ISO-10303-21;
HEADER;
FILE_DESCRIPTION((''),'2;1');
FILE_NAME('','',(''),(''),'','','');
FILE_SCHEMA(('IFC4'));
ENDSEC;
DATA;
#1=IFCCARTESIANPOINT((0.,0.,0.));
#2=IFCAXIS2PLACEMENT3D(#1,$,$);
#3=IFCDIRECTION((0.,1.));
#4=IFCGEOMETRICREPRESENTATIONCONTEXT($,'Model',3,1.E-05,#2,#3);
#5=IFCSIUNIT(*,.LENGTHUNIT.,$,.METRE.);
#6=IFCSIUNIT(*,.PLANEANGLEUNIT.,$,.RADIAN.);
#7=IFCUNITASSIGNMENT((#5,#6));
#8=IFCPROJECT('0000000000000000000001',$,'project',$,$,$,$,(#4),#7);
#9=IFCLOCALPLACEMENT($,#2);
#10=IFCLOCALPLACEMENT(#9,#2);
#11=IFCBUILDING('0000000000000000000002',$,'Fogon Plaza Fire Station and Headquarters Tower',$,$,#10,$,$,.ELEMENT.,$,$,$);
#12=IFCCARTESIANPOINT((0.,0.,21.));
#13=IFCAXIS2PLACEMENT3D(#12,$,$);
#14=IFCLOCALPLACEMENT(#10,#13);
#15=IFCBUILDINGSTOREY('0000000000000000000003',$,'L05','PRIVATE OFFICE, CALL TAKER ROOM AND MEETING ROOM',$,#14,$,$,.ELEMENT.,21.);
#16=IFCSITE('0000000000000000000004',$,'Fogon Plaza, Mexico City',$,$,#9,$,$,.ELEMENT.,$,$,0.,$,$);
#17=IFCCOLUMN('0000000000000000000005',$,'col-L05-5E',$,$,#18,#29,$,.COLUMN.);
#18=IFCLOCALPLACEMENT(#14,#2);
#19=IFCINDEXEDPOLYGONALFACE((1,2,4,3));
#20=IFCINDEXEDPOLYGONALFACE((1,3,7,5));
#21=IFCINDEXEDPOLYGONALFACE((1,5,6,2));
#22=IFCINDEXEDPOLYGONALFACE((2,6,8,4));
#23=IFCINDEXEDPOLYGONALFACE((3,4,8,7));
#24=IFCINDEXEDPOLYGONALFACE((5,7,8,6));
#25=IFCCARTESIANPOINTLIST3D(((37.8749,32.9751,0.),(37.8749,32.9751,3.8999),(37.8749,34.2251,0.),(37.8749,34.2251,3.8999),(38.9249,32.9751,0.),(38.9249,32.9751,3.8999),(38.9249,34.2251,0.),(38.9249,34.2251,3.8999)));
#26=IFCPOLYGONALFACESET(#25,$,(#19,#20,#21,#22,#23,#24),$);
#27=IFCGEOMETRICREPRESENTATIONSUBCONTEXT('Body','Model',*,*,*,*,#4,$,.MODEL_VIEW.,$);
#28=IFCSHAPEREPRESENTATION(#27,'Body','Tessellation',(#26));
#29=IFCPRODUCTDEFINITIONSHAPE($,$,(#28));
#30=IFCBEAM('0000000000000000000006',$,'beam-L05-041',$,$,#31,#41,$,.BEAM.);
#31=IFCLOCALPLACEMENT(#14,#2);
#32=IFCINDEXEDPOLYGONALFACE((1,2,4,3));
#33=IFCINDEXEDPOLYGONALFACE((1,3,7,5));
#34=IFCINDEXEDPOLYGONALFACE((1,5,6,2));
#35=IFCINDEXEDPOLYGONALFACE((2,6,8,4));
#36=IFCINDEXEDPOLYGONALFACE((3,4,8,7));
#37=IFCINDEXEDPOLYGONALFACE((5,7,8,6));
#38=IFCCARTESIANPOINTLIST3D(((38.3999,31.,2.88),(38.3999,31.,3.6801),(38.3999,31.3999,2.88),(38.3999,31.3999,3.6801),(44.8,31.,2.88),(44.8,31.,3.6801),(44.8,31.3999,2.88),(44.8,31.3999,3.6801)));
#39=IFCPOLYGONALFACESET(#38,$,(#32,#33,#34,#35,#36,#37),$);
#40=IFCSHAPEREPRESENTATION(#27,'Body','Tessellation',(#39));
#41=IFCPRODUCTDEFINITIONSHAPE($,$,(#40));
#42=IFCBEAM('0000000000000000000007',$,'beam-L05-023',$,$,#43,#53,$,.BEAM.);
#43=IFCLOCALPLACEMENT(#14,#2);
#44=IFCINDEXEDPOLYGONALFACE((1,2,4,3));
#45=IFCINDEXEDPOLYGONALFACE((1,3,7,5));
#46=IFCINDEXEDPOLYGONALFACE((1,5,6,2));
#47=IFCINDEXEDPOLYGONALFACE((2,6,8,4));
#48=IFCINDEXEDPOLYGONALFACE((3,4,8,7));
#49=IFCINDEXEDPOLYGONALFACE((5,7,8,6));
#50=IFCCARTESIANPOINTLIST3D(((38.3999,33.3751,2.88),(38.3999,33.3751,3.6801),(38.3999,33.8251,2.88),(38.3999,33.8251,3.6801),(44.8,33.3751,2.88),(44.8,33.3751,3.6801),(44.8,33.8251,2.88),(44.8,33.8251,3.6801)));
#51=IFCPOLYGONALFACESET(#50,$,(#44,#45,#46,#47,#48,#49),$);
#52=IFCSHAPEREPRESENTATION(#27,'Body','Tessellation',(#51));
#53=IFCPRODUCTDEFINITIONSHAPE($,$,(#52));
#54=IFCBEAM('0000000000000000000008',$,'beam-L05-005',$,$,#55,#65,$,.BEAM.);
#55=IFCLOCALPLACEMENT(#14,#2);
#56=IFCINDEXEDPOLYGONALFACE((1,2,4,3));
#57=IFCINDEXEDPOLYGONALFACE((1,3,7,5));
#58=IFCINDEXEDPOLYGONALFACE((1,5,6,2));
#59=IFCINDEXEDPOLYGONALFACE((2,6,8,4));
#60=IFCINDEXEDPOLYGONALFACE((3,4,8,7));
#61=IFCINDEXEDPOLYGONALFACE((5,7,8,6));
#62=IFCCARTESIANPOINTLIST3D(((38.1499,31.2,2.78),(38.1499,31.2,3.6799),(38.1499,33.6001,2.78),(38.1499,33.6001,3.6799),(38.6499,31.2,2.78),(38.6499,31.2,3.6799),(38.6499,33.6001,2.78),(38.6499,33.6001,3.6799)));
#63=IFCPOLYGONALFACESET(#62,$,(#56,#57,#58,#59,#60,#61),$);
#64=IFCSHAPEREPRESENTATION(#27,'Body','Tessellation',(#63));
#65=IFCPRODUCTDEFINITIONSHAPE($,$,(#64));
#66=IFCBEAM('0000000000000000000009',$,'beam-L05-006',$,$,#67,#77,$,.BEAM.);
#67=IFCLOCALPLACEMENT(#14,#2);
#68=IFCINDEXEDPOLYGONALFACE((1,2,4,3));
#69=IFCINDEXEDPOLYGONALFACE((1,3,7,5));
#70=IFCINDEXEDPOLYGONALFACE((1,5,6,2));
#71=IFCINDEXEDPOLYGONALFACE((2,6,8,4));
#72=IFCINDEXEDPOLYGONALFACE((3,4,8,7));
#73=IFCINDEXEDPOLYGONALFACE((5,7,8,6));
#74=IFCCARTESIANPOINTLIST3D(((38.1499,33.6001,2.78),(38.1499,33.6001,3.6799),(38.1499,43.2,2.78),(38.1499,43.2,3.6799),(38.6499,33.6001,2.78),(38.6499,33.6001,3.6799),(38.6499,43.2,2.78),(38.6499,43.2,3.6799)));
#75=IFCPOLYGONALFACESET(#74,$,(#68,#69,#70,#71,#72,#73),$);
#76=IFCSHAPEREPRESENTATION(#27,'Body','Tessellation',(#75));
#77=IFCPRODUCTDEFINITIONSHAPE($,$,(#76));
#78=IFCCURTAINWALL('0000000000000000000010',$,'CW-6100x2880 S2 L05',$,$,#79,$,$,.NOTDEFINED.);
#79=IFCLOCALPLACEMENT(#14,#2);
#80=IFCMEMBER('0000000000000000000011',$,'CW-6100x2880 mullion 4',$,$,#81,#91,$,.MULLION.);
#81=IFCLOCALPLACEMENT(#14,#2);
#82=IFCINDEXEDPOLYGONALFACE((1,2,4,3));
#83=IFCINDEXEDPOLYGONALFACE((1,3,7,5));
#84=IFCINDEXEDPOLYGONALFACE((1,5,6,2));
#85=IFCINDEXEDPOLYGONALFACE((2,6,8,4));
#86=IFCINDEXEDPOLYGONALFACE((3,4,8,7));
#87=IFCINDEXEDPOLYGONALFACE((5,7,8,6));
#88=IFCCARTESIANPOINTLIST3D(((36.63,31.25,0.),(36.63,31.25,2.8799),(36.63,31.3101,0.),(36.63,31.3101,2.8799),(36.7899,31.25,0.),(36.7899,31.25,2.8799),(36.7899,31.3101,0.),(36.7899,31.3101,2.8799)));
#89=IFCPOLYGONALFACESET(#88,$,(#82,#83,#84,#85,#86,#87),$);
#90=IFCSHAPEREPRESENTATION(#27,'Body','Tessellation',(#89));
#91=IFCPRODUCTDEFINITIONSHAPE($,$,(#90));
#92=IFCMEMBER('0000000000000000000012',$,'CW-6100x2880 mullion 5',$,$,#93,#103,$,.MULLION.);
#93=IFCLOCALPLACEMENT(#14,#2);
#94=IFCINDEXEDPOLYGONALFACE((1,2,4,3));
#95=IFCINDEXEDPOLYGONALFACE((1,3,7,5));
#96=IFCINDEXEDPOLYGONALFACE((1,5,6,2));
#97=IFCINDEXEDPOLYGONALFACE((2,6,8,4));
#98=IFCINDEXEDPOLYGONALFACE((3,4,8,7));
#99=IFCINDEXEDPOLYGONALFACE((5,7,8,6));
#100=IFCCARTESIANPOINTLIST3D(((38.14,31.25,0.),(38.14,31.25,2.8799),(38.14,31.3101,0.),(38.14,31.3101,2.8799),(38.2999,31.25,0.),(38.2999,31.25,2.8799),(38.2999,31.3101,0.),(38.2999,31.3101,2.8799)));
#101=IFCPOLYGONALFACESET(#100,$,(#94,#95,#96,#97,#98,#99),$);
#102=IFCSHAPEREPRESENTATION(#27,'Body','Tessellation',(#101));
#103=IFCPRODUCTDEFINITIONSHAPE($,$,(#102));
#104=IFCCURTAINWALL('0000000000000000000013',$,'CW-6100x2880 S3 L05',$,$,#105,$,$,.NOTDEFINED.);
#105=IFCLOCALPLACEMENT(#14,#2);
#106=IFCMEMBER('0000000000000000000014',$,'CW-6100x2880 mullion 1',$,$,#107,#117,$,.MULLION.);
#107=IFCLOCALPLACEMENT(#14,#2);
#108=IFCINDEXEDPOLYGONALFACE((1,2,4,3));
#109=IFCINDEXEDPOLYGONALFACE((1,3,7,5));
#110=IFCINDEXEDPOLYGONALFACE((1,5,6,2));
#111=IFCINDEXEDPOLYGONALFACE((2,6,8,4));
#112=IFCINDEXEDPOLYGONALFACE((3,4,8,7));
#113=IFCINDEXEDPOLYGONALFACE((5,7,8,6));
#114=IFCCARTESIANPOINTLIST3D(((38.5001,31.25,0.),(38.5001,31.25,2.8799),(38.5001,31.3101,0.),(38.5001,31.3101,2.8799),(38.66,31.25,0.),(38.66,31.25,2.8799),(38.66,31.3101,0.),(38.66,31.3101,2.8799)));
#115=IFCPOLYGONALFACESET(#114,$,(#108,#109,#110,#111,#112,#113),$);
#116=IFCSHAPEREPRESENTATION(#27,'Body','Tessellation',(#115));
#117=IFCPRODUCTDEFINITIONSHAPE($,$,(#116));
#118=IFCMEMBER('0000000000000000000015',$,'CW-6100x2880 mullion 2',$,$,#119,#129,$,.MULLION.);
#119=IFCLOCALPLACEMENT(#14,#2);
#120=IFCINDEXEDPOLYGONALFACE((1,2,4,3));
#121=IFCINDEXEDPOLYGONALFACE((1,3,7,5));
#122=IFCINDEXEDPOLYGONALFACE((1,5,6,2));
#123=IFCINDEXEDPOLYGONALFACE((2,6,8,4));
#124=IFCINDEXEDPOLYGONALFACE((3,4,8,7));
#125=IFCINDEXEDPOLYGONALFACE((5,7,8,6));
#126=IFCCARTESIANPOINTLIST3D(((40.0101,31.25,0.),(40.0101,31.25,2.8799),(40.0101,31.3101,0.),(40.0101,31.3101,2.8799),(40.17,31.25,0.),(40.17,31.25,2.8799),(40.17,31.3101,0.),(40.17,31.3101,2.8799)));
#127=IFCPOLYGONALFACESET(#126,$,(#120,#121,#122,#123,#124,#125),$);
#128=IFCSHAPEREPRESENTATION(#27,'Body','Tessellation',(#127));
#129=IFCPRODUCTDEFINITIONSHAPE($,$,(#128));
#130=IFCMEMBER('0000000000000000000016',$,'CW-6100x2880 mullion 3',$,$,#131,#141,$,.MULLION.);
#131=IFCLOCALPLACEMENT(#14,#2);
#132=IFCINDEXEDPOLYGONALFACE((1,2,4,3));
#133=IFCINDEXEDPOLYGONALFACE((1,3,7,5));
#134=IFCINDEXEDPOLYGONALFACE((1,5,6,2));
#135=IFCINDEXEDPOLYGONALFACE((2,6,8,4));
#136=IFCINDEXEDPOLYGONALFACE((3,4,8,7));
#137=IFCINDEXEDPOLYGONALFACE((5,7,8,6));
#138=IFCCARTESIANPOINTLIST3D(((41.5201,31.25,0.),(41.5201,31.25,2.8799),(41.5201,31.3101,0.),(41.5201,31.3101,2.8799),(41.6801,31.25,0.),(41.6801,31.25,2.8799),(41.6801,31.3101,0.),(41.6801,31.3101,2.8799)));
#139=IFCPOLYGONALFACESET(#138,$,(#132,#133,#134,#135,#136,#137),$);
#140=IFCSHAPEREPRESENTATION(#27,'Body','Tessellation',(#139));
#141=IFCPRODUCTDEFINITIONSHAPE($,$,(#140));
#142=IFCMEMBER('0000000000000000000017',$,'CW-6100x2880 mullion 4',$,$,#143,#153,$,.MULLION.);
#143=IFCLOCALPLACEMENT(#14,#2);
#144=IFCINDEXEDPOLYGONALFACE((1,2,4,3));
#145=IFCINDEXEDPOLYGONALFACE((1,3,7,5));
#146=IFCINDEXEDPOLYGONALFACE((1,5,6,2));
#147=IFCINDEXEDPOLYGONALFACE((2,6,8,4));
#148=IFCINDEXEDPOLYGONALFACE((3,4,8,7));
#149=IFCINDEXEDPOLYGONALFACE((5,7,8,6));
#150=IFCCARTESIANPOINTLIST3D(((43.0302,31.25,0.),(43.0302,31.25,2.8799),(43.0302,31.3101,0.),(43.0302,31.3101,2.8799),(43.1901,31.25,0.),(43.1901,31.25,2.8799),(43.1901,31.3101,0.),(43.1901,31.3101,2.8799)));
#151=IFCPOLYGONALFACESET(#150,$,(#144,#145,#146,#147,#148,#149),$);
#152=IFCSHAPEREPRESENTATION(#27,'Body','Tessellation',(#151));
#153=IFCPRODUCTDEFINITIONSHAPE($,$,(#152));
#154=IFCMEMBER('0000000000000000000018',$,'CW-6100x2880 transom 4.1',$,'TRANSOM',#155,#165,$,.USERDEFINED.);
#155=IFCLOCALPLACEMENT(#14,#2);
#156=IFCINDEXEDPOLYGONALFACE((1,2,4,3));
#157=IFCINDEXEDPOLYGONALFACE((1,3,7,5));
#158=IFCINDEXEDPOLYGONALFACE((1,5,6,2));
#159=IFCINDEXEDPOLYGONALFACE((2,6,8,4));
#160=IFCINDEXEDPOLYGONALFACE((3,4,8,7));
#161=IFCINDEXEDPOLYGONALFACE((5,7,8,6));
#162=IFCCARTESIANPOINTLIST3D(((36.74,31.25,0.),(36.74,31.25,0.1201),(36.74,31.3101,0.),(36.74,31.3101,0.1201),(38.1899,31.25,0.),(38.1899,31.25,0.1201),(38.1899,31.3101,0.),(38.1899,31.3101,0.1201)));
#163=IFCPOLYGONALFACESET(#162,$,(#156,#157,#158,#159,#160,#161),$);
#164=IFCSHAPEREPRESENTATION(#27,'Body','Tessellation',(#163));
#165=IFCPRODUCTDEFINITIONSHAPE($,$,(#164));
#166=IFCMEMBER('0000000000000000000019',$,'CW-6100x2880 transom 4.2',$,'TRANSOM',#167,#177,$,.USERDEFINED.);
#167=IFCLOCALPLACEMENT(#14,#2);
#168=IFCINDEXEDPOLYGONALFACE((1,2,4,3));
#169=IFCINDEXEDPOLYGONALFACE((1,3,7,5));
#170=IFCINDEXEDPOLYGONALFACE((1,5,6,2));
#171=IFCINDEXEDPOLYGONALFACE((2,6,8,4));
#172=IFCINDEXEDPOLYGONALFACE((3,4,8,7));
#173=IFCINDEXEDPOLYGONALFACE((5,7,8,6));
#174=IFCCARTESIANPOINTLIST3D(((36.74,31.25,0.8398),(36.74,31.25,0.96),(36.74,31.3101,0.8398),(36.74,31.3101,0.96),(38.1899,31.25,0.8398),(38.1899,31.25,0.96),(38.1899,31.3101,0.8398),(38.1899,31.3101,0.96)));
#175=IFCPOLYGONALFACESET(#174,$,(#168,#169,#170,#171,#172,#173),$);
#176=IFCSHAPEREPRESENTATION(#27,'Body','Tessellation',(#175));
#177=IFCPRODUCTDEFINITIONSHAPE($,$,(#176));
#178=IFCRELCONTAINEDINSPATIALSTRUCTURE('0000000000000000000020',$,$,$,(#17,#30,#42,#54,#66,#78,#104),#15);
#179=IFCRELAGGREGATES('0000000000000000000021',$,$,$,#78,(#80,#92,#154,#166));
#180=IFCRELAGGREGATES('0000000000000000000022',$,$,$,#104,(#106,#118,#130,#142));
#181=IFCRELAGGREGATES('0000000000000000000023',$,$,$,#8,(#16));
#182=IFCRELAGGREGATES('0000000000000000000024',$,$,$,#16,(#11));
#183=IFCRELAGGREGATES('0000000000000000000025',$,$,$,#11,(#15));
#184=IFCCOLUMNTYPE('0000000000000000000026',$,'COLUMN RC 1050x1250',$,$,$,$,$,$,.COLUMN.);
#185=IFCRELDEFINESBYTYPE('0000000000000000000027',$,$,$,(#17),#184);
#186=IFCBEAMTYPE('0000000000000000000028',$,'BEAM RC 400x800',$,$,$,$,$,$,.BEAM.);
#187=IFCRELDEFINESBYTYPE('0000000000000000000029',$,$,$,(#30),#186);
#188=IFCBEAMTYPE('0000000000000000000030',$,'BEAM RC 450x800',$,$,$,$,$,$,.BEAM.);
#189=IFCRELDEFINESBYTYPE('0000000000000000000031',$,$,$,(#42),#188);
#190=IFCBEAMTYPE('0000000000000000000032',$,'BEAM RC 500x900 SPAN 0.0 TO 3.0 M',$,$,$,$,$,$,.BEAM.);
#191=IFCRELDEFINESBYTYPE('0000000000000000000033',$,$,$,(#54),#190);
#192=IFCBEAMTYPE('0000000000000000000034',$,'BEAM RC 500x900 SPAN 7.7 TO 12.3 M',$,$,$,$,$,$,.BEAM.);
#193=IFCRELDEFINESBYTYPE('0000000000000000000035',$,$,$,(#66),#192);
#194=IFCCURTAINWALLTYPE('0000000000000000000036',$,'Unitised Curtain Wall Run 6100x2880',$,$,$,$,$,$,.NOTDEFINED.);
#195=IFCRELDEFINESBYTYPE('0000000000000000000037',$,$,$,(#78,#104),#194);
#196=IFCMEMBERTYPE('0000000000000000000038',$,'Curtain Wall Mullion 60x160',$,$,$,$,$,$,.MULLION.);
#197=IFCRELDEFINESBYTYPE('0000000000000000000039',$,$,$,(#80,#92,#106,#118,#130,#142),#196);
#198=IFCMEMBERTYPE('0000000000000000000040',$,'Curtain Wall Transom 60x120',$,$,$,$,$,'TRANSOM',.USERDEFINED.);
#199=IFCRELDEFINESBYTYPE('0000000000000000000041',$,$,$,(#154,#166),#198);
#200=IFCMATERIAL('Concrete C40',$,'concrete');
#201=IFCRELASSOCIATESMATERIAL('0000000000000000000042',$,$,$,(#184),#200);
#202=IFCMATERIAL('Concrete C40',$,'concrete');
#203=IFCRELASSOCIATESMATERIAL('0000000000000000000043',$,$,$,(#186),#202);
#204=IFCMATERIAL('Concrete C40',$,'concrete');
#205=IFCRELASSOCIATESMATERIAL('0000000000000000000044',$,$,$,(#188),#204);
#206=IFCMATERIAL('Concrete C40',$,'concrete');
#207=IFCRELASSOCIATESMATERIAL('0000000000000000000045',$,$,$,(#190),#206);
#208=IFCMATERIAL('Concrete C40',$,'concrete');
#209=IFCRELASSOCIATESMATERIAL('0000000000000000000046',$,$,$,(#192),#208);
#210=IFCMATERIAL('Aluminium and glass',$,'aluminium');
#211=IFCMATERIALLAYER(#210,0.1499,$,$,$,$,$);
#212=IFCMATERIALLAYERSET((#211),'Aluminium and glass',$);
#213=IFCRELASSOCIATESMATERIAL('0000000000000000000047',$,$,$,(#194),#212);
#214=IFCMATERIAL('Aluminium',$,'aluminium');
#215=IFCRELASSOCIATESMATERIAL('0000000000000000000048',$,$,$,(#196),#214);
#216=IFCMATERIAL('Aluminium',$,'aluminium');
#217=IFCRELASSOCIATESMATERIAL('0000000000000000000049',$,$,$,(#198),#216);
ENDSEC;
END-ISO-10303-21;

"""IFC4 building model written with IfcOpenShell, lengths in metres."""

from ifc_helpers import new_model, si_unit, direction, frame, origin, origin_2d, place, context, subcontext, project, spatial, rectangle, extrude, material, layer, layer_set, material_profile, profile_set, type_object, element, aggregate, save


model = new_model("IFC4")

# Units and contexts
model_context = context("Model", 3, precision=1e-05, world=origin(), true_north=direction((0.0, 1.0)))
body_context = subcontext(model_context, "Body", "Model", "MODEL_VIEW")
ifc_project = project(units=[si_unit("LENGTHUNIT", "METRE"), si_unit("PLANEANGLEUNIT", "RADIAN")], contexts=[model_context])

# Site, building, storey
site_placement = place(None, origin())
site = spatial("IfcSite", under=ifc_project, at=site_placement, Name="Fogon Plaza, Mexico City", CompositionType="ELEMENT", RefElevation=0.0)
building_placement = place(site_placement, origin())
building = spatial("IfcBuilding", under=site, at=building_placement, Name="Fogon Plaza Fire Station and Headquarters Tower", CompositionType="ELEMENT")
storey_placement = place(building_placement, frame((0.0, 0.0, 21.0)))
storey = spatial("IfcBuildingStorey", under=building, at=storey_placement, Name="L05", Description="PRIVATE OFFICE, CALL TAKER ROOM AND MEETING ROOM", CompositionType="ELEMENT", Elevation=21.0)

# Column
ifc_material_1 = material(Name="Concrete C40", Category="concrete")
ifc_material_profile_1 = material_profile(ifc_material_1, rectangle(XDim=1.05, YDim=1.25, at=origin_2d()), Name="RC 1050x1250")
ifc_profile_set_1 = profile_set([ifc_material_profile_1], Name="Concrete C40")
column_type = type_object("IfcColumnType", Name="COLUMN RC 1050x1250", PredefinedType="COLUMN", material=ifc_profile_set_1)
column_placement = place(storey_placement, frame((38.3999, 33.6001, 0.0), z_axis=(0.0, 0.0, 1.0), x_axis=(1.0, 0.0, 0.0)))
element("IfcColumn", 1, at=column_placement, inside=storey, type_object=column_type, Name="col-L05-5E", PredefinedType="COLUMN", context=body_context, shape_type="SweptSolid", body=[
    extrude(rectangle(XDim=1.05, YDim=1.25, at=origin_2d()), origin(), (0.0, 0.0, 1.0), 3.8999),
])

# Beams
ifc_material_2 = material(Name="Concrete C40", Category="concrete")
ifc_material_profile_2 = material_profile(ifc_material_2, rectangle(XDim=0.3999, YDim=0.8, at=origin_2d()), Name="RC 400x800")
ifc_profile_set_2 = profile_set([ifc_material_profile_2], Name="Concrete C40")
beam_type_1 = type_object("IfcBeamType", Name="BEAM RC 400x800", PredefinedType="BEAM", material=ifc_profile_set_2)
beam_1_placement = place(storey_placement, frame((38.3999, 31.2, 3.28), z_axis=(1.0, 0.0, 0.0), x_axis=(0.0, 1.0, 0.0)))
element("IfcBeam", 2, at=beam_1_placement, inside=storey, type_object=beam_type_1, Name="beam-L05-041", PredefinedType="BEAM", context=body_context, shape_type="SweptSolid", body=[
    extrude(rectangle(XDim=0.3999, YDim=0.8, at=origin_2d()), origin(), (0.0, 0.0, 1.0), 6.4001),
])
ifc_material_3 = material(Name="Concrete C40", Category="concrete")
ifc_material_profile_3 = material_profile(ifc_material_3, rectangle(XDim=0.45, YDim=0.8, at=origin_2d()), Name="RC 450x800")
ifc_profile_set_3 = profile_set([ifc_material_profile_3], Name="Concrete C40")
beam_type_2 = type_object("IfcBeamType", Name="BEAM RC 450x800", PredefinedType="BEAM", material=ifc_profile_set_3)
beam_2_placement = place(storey_placement, frame((38.3999, 33.6001, 3.28), z_axis=(1.0, 0.0, 0.0), x_axis=(0.0, 1.0, 0.0)))
element("IfcBeam", 3, at=beam_2_placement, inside=storey, type_object=beam_type_2, Name="beam-L05-023", PredefinedType="BEAM", context=body_context, shape_type="SweptSolid", body=[
    extrude(rectangle(XDim=0.45, YDim=0.8, at=origin_2d()), origin(), (0.0, 0.0, 1.0), 6.4001),
])
ifc_material_4 = material(Name="Concrete C40", Category="concrete")
ifc_material_profile_4 = material_profile(ifc_material_4, rectangle(XDim=0.5, YDim=0.8999, at=origin_2d()), Name="RC 500x900")
ifc_profile_set_4 = profile_set([ifc_material_profile_4], Name="Concrete C40")
beam_type_3 = type_object("IfcBeamType", Name="BEAM RC 500x900 SPAN 0.0 TO 3.0 M", PredefinedType="BEAM", material=ifc_profile_set_4)
beam_3_placement = place(storey_placement, frame((38.3999, 31.2, 3.23), z_axis=(0.0, 1.0, 0.0), x_axis=(-1.0, 0.0, 0.0)))
element("IfcBeam", 4, at=beam_3_placement, inside=storey, type_object=beam_type_3, Name="beam-L05-005", PredefinedType="BEAM", context=body_context, shape_type="SweptSolid", body=[
    extrude(rectangle(XDim=0.5, YDim=0.8999, at=origin_2d()), origin(), (0.0, 0.0, 1.0), 2.4001),
])
ifc_material_5 = material(Name="Concrete C40", Category="concrete")
ifc_material_profile_5 = material_profile(ifc_material_5, rectangle(XDim=0.5, YDim=0.8999, at=origin_2d()), Name="RC 500x900")
ifc_profile_set_5 = profile_set([ifc_material_profile_5], Name="Concrete C40")
beam_type_4 = type_object("IfcBeamType", Name="BEAM RC 500x900 SPAN 7.7 TO 12.3 M", PredefinedType="BEAM", material=ifc_profile_set_5)
beam_4_placement = place(storey_placement, frame((38.3999, 33.6001, 3.23), z_axis=(0.0, 1.0, 0.0), x_axis=(-1.0, 0.0, 0.0)))
element("IfcBeam", 5, at=beam_4_placement, inside=storey, type_object=beam_type_4, Name="beam-L05-006", PredefinedType="BEAM", context=body_context, shape_type="SweptSolid", body=[
    extrude(rectangle(XDim=0.5, YDim=0.8999, at=origin_2d()), origin(), (0.0, 0.0, 1.0), 9.5999),
])

# Curtain walls, members
ifc_material_6 = material(Name="Aluminium and glass", Category="aluminium")
ifc_layer_1 = layer(ifc_material_6, 0.1499)
ifc_layer_set_1 = layer_set([ifc_layer_1], Name="Aluminium and glass")
curtain_wall_type = type_object("IfcCurtainWallType", Name="Unitised Curtain Wall Run 6100x2880", PredefinedType="NOTDEFINED", material=ifc_layer_set_1)
curtain_wall_1_placement = place(storey_placement, origin())
curtain_wall_1 = element("IfcCurtainWall", 6, at=curtain_wall_1_placement, inside=storey, type_object=curtain_wall_type, Name="CW-6100x2880 S2 L05", PredefinedType="NOTDEFINED")
ifc_material_7 = material(Name="Aluminium", Category="aluminium")
ifc_material_profile_6 = material_profile(ifc_material_7, rectangle(XDim=0.0601, YDim=0.1599, at=origin_2d()), Name="Curtain Wall Mullion 60x160")
ifc_profile_set_6 = profile_set([ifc_material_profile_6], Name="Aluminium")
member_type_1 = type_object("IfcMemberType", Name="Curtain Wall Mullion 60x160", PredefinedType="MULLION", material=ifc_profile_set_6)
member_1_placement = place(storey_placement, frame((36.71, 31.28, 0.0), z_axis=(0.0, 0.0, 1.0), x_axis=(0.0, 1.0, 0.0)))
member_1 = element("IfcMember", 7, at=member_1_placement, type_object=member_type_1, Name="CW-6100x2880 mullion 4", PredefinedType="MULLION", context=body_context, shape_type="SweptSolid", body=[
    extrude(rectangle(XDim=0.0601, YDim=0.1599, at=origin_2d()), origin(), (0.0, 0.0, 1.0), 2.8799),
])
member_2_placement = place(storey_placement, frame((38.22, 31.28, 0.0), z_axis=(0.0, 0.0, 1.0), x_axis=(0.0, 1.0, 0.0)))
member_2 = element("IfcMember", 8, at=member_2_placement, type_object=member_type_1, Name="CW-6100x2880 mullion 5", PredefinedType="MULLION", context=body_context, shape_type="SweptSolid", body=[
    extrude(rectangle(XDim=0.0601, YDim=0.1599, at=origin_2d()), origin(), (0.0, 0.0, 1.0), 2.8799),
])
curtain_wall_2_placement = place(storey_placement, origin())
curtain_wall_2 = element("IfcCurtainWall", 9, at=curtain_wall_2_placement, inside=storey, type_object=curtain_wall_type, Name="CW-6100x2880 S3 L05", PredefinedType="NOTDEFINED")
member_3_placement = place(storey_placement, frame((38.5801, 31.28, 0.0), z_axis=(0.0, 0.0, 1.0), x_axis=(0.0, 1.0, 0.0)))
member_3 = element("IfcMember", 10, at=member_3_placement, type_object=member_type_1, Name="CW-6100x2880 mullion 1", PredefinedType="MULLION", context=body_context, shape_type="SweptSolid", body=[
    extrude(rectangle(XDim=0.0601, YDim=0.1599, at=origin_2d()), origin(), (0.0, 0.0, 1.0), 2.8799),
])
member_4_placement = place(storey_placement, frame((40.0901, 31.28, 0.0), z_axis=(0.0, 0.0, 1.0), x_axis=(0.0, 1.0, 0.0)))
member_4 = element("IfcMember", 11, at=member_4_placement, type_object=member_type_1, Name="CW-6100x2880 mullion 2", PredefinedType="MULLION", context=body_context, shape_type="SweptSolid", body=[
    extrude(rectangle(XDim=0.0601, YDim=0.1599, at=origin_2d()), origin(), (0.0, 0.0, 1.0), 2.8799),
])
member_5_placement = place(storey_placement, frame((41.6001, 31.28, 0.0), z_axis=(0.0, 0.0, 1.0), x_axis=(0.0, 1.0, 0.0)))
member_5 = element("IfcMember", 12, at=member_5_placement, type_object=member_type_1, Name="CW-6100x2880 mullion 3", PredefinedType="MULLION", context=body_context, shape_type="SweptSolid", body=[
    extrude(rectangle(XDim=0.0601, YDim=0.1599, at=origin_2d()), origin(), (0.0, 0.0, 1.0), 2.8799),
])
member_6_placement = place(storey_placement, frame((43.1101, 31.28, 0.0), z_axis=(0.0, 0.0, 1.0), x_axis=(0.0, 1.0, 0.0)))
member_6 = element("IfcMember", 13, at=member_6_placement, type_object=member_type_1, Name="CW-6100x2880 mullion 4", PredefinedType="MULLION", context=body_context, shape_type="SweptSolid", body=[
    extrude(rectangle(XDim=0.0601, YDim=0.1599, at=origin_2d()), origin(), (0.0, 0.0, 1.0), 2.8799),
])

# Members
ifc_material_8 = material(Name="Aluminium", Category="aluminium")
ifc_material_profile_7 = material_profile(ifc_material_8, rectangle(XDim=0.0601, YDim=0.1201, at=origin_2d()), Name="Curtain Wall Transom 60x120")
ifc_profile_set_7 = profile_set([ifc_material_profile_7], Name="Aluminium")
member_type_2 = type_object("IfcMemberType", Name="Curtain Wall Transom 60x120", ElementType="TRANSOM", PredefinedType="USERDEFINED", material=ifc_profile_set_7)
member_7_placement = place(storey_placement, frame((36.74, 31.28, 0.0601), z_axis=(1.0, 0.0, 0.0), x_axis=(0.0, 1.0, 0.0)))
member_7 = element("IfcMember", 14, at=member_7_placement, type_object=member_type_2, Name="CW-6100x2880 transom 4.1", ObjectType="TRANSOM", PredefinedType="USERDEFINED", context=body_context, shape_type="SweptSolid", body=[
    extrude(rectangle(XDim=0.0601, YDim=0.1201, at=origin_2d()), origin(), (0.0, 0.0, 1.0), 1.45),
])
member_8_placement = place(storey_placement, frame((36.74, 31.28, 0.8999), z_axis=(1.0, 0.0, 0.0), x_axis=(0.0, 1.0, 0.0)))
member_8 = element("IfcMember", 15, at=member_8_placement, type_object=member_type_2, Name="CW-6100x2880 transom 4.2", ObjectType="TRANSOM", PredefinedType="USERDEFINED", context=body_context, shape_type="SweptSolid", body=[
    extrude(rectangle(XDim=0.0601, YDim=0.1201, at=origin_2d()), origin(), (0.0, 0.0, 1.0), 1.45),
])

aggregate(curtain_wall_1, [member_1, member_2, member_7, member_8])
aggregate(curtain_wall_2, [member_3, member_4, member_5, member_6])

save(model, "model.ifc")
